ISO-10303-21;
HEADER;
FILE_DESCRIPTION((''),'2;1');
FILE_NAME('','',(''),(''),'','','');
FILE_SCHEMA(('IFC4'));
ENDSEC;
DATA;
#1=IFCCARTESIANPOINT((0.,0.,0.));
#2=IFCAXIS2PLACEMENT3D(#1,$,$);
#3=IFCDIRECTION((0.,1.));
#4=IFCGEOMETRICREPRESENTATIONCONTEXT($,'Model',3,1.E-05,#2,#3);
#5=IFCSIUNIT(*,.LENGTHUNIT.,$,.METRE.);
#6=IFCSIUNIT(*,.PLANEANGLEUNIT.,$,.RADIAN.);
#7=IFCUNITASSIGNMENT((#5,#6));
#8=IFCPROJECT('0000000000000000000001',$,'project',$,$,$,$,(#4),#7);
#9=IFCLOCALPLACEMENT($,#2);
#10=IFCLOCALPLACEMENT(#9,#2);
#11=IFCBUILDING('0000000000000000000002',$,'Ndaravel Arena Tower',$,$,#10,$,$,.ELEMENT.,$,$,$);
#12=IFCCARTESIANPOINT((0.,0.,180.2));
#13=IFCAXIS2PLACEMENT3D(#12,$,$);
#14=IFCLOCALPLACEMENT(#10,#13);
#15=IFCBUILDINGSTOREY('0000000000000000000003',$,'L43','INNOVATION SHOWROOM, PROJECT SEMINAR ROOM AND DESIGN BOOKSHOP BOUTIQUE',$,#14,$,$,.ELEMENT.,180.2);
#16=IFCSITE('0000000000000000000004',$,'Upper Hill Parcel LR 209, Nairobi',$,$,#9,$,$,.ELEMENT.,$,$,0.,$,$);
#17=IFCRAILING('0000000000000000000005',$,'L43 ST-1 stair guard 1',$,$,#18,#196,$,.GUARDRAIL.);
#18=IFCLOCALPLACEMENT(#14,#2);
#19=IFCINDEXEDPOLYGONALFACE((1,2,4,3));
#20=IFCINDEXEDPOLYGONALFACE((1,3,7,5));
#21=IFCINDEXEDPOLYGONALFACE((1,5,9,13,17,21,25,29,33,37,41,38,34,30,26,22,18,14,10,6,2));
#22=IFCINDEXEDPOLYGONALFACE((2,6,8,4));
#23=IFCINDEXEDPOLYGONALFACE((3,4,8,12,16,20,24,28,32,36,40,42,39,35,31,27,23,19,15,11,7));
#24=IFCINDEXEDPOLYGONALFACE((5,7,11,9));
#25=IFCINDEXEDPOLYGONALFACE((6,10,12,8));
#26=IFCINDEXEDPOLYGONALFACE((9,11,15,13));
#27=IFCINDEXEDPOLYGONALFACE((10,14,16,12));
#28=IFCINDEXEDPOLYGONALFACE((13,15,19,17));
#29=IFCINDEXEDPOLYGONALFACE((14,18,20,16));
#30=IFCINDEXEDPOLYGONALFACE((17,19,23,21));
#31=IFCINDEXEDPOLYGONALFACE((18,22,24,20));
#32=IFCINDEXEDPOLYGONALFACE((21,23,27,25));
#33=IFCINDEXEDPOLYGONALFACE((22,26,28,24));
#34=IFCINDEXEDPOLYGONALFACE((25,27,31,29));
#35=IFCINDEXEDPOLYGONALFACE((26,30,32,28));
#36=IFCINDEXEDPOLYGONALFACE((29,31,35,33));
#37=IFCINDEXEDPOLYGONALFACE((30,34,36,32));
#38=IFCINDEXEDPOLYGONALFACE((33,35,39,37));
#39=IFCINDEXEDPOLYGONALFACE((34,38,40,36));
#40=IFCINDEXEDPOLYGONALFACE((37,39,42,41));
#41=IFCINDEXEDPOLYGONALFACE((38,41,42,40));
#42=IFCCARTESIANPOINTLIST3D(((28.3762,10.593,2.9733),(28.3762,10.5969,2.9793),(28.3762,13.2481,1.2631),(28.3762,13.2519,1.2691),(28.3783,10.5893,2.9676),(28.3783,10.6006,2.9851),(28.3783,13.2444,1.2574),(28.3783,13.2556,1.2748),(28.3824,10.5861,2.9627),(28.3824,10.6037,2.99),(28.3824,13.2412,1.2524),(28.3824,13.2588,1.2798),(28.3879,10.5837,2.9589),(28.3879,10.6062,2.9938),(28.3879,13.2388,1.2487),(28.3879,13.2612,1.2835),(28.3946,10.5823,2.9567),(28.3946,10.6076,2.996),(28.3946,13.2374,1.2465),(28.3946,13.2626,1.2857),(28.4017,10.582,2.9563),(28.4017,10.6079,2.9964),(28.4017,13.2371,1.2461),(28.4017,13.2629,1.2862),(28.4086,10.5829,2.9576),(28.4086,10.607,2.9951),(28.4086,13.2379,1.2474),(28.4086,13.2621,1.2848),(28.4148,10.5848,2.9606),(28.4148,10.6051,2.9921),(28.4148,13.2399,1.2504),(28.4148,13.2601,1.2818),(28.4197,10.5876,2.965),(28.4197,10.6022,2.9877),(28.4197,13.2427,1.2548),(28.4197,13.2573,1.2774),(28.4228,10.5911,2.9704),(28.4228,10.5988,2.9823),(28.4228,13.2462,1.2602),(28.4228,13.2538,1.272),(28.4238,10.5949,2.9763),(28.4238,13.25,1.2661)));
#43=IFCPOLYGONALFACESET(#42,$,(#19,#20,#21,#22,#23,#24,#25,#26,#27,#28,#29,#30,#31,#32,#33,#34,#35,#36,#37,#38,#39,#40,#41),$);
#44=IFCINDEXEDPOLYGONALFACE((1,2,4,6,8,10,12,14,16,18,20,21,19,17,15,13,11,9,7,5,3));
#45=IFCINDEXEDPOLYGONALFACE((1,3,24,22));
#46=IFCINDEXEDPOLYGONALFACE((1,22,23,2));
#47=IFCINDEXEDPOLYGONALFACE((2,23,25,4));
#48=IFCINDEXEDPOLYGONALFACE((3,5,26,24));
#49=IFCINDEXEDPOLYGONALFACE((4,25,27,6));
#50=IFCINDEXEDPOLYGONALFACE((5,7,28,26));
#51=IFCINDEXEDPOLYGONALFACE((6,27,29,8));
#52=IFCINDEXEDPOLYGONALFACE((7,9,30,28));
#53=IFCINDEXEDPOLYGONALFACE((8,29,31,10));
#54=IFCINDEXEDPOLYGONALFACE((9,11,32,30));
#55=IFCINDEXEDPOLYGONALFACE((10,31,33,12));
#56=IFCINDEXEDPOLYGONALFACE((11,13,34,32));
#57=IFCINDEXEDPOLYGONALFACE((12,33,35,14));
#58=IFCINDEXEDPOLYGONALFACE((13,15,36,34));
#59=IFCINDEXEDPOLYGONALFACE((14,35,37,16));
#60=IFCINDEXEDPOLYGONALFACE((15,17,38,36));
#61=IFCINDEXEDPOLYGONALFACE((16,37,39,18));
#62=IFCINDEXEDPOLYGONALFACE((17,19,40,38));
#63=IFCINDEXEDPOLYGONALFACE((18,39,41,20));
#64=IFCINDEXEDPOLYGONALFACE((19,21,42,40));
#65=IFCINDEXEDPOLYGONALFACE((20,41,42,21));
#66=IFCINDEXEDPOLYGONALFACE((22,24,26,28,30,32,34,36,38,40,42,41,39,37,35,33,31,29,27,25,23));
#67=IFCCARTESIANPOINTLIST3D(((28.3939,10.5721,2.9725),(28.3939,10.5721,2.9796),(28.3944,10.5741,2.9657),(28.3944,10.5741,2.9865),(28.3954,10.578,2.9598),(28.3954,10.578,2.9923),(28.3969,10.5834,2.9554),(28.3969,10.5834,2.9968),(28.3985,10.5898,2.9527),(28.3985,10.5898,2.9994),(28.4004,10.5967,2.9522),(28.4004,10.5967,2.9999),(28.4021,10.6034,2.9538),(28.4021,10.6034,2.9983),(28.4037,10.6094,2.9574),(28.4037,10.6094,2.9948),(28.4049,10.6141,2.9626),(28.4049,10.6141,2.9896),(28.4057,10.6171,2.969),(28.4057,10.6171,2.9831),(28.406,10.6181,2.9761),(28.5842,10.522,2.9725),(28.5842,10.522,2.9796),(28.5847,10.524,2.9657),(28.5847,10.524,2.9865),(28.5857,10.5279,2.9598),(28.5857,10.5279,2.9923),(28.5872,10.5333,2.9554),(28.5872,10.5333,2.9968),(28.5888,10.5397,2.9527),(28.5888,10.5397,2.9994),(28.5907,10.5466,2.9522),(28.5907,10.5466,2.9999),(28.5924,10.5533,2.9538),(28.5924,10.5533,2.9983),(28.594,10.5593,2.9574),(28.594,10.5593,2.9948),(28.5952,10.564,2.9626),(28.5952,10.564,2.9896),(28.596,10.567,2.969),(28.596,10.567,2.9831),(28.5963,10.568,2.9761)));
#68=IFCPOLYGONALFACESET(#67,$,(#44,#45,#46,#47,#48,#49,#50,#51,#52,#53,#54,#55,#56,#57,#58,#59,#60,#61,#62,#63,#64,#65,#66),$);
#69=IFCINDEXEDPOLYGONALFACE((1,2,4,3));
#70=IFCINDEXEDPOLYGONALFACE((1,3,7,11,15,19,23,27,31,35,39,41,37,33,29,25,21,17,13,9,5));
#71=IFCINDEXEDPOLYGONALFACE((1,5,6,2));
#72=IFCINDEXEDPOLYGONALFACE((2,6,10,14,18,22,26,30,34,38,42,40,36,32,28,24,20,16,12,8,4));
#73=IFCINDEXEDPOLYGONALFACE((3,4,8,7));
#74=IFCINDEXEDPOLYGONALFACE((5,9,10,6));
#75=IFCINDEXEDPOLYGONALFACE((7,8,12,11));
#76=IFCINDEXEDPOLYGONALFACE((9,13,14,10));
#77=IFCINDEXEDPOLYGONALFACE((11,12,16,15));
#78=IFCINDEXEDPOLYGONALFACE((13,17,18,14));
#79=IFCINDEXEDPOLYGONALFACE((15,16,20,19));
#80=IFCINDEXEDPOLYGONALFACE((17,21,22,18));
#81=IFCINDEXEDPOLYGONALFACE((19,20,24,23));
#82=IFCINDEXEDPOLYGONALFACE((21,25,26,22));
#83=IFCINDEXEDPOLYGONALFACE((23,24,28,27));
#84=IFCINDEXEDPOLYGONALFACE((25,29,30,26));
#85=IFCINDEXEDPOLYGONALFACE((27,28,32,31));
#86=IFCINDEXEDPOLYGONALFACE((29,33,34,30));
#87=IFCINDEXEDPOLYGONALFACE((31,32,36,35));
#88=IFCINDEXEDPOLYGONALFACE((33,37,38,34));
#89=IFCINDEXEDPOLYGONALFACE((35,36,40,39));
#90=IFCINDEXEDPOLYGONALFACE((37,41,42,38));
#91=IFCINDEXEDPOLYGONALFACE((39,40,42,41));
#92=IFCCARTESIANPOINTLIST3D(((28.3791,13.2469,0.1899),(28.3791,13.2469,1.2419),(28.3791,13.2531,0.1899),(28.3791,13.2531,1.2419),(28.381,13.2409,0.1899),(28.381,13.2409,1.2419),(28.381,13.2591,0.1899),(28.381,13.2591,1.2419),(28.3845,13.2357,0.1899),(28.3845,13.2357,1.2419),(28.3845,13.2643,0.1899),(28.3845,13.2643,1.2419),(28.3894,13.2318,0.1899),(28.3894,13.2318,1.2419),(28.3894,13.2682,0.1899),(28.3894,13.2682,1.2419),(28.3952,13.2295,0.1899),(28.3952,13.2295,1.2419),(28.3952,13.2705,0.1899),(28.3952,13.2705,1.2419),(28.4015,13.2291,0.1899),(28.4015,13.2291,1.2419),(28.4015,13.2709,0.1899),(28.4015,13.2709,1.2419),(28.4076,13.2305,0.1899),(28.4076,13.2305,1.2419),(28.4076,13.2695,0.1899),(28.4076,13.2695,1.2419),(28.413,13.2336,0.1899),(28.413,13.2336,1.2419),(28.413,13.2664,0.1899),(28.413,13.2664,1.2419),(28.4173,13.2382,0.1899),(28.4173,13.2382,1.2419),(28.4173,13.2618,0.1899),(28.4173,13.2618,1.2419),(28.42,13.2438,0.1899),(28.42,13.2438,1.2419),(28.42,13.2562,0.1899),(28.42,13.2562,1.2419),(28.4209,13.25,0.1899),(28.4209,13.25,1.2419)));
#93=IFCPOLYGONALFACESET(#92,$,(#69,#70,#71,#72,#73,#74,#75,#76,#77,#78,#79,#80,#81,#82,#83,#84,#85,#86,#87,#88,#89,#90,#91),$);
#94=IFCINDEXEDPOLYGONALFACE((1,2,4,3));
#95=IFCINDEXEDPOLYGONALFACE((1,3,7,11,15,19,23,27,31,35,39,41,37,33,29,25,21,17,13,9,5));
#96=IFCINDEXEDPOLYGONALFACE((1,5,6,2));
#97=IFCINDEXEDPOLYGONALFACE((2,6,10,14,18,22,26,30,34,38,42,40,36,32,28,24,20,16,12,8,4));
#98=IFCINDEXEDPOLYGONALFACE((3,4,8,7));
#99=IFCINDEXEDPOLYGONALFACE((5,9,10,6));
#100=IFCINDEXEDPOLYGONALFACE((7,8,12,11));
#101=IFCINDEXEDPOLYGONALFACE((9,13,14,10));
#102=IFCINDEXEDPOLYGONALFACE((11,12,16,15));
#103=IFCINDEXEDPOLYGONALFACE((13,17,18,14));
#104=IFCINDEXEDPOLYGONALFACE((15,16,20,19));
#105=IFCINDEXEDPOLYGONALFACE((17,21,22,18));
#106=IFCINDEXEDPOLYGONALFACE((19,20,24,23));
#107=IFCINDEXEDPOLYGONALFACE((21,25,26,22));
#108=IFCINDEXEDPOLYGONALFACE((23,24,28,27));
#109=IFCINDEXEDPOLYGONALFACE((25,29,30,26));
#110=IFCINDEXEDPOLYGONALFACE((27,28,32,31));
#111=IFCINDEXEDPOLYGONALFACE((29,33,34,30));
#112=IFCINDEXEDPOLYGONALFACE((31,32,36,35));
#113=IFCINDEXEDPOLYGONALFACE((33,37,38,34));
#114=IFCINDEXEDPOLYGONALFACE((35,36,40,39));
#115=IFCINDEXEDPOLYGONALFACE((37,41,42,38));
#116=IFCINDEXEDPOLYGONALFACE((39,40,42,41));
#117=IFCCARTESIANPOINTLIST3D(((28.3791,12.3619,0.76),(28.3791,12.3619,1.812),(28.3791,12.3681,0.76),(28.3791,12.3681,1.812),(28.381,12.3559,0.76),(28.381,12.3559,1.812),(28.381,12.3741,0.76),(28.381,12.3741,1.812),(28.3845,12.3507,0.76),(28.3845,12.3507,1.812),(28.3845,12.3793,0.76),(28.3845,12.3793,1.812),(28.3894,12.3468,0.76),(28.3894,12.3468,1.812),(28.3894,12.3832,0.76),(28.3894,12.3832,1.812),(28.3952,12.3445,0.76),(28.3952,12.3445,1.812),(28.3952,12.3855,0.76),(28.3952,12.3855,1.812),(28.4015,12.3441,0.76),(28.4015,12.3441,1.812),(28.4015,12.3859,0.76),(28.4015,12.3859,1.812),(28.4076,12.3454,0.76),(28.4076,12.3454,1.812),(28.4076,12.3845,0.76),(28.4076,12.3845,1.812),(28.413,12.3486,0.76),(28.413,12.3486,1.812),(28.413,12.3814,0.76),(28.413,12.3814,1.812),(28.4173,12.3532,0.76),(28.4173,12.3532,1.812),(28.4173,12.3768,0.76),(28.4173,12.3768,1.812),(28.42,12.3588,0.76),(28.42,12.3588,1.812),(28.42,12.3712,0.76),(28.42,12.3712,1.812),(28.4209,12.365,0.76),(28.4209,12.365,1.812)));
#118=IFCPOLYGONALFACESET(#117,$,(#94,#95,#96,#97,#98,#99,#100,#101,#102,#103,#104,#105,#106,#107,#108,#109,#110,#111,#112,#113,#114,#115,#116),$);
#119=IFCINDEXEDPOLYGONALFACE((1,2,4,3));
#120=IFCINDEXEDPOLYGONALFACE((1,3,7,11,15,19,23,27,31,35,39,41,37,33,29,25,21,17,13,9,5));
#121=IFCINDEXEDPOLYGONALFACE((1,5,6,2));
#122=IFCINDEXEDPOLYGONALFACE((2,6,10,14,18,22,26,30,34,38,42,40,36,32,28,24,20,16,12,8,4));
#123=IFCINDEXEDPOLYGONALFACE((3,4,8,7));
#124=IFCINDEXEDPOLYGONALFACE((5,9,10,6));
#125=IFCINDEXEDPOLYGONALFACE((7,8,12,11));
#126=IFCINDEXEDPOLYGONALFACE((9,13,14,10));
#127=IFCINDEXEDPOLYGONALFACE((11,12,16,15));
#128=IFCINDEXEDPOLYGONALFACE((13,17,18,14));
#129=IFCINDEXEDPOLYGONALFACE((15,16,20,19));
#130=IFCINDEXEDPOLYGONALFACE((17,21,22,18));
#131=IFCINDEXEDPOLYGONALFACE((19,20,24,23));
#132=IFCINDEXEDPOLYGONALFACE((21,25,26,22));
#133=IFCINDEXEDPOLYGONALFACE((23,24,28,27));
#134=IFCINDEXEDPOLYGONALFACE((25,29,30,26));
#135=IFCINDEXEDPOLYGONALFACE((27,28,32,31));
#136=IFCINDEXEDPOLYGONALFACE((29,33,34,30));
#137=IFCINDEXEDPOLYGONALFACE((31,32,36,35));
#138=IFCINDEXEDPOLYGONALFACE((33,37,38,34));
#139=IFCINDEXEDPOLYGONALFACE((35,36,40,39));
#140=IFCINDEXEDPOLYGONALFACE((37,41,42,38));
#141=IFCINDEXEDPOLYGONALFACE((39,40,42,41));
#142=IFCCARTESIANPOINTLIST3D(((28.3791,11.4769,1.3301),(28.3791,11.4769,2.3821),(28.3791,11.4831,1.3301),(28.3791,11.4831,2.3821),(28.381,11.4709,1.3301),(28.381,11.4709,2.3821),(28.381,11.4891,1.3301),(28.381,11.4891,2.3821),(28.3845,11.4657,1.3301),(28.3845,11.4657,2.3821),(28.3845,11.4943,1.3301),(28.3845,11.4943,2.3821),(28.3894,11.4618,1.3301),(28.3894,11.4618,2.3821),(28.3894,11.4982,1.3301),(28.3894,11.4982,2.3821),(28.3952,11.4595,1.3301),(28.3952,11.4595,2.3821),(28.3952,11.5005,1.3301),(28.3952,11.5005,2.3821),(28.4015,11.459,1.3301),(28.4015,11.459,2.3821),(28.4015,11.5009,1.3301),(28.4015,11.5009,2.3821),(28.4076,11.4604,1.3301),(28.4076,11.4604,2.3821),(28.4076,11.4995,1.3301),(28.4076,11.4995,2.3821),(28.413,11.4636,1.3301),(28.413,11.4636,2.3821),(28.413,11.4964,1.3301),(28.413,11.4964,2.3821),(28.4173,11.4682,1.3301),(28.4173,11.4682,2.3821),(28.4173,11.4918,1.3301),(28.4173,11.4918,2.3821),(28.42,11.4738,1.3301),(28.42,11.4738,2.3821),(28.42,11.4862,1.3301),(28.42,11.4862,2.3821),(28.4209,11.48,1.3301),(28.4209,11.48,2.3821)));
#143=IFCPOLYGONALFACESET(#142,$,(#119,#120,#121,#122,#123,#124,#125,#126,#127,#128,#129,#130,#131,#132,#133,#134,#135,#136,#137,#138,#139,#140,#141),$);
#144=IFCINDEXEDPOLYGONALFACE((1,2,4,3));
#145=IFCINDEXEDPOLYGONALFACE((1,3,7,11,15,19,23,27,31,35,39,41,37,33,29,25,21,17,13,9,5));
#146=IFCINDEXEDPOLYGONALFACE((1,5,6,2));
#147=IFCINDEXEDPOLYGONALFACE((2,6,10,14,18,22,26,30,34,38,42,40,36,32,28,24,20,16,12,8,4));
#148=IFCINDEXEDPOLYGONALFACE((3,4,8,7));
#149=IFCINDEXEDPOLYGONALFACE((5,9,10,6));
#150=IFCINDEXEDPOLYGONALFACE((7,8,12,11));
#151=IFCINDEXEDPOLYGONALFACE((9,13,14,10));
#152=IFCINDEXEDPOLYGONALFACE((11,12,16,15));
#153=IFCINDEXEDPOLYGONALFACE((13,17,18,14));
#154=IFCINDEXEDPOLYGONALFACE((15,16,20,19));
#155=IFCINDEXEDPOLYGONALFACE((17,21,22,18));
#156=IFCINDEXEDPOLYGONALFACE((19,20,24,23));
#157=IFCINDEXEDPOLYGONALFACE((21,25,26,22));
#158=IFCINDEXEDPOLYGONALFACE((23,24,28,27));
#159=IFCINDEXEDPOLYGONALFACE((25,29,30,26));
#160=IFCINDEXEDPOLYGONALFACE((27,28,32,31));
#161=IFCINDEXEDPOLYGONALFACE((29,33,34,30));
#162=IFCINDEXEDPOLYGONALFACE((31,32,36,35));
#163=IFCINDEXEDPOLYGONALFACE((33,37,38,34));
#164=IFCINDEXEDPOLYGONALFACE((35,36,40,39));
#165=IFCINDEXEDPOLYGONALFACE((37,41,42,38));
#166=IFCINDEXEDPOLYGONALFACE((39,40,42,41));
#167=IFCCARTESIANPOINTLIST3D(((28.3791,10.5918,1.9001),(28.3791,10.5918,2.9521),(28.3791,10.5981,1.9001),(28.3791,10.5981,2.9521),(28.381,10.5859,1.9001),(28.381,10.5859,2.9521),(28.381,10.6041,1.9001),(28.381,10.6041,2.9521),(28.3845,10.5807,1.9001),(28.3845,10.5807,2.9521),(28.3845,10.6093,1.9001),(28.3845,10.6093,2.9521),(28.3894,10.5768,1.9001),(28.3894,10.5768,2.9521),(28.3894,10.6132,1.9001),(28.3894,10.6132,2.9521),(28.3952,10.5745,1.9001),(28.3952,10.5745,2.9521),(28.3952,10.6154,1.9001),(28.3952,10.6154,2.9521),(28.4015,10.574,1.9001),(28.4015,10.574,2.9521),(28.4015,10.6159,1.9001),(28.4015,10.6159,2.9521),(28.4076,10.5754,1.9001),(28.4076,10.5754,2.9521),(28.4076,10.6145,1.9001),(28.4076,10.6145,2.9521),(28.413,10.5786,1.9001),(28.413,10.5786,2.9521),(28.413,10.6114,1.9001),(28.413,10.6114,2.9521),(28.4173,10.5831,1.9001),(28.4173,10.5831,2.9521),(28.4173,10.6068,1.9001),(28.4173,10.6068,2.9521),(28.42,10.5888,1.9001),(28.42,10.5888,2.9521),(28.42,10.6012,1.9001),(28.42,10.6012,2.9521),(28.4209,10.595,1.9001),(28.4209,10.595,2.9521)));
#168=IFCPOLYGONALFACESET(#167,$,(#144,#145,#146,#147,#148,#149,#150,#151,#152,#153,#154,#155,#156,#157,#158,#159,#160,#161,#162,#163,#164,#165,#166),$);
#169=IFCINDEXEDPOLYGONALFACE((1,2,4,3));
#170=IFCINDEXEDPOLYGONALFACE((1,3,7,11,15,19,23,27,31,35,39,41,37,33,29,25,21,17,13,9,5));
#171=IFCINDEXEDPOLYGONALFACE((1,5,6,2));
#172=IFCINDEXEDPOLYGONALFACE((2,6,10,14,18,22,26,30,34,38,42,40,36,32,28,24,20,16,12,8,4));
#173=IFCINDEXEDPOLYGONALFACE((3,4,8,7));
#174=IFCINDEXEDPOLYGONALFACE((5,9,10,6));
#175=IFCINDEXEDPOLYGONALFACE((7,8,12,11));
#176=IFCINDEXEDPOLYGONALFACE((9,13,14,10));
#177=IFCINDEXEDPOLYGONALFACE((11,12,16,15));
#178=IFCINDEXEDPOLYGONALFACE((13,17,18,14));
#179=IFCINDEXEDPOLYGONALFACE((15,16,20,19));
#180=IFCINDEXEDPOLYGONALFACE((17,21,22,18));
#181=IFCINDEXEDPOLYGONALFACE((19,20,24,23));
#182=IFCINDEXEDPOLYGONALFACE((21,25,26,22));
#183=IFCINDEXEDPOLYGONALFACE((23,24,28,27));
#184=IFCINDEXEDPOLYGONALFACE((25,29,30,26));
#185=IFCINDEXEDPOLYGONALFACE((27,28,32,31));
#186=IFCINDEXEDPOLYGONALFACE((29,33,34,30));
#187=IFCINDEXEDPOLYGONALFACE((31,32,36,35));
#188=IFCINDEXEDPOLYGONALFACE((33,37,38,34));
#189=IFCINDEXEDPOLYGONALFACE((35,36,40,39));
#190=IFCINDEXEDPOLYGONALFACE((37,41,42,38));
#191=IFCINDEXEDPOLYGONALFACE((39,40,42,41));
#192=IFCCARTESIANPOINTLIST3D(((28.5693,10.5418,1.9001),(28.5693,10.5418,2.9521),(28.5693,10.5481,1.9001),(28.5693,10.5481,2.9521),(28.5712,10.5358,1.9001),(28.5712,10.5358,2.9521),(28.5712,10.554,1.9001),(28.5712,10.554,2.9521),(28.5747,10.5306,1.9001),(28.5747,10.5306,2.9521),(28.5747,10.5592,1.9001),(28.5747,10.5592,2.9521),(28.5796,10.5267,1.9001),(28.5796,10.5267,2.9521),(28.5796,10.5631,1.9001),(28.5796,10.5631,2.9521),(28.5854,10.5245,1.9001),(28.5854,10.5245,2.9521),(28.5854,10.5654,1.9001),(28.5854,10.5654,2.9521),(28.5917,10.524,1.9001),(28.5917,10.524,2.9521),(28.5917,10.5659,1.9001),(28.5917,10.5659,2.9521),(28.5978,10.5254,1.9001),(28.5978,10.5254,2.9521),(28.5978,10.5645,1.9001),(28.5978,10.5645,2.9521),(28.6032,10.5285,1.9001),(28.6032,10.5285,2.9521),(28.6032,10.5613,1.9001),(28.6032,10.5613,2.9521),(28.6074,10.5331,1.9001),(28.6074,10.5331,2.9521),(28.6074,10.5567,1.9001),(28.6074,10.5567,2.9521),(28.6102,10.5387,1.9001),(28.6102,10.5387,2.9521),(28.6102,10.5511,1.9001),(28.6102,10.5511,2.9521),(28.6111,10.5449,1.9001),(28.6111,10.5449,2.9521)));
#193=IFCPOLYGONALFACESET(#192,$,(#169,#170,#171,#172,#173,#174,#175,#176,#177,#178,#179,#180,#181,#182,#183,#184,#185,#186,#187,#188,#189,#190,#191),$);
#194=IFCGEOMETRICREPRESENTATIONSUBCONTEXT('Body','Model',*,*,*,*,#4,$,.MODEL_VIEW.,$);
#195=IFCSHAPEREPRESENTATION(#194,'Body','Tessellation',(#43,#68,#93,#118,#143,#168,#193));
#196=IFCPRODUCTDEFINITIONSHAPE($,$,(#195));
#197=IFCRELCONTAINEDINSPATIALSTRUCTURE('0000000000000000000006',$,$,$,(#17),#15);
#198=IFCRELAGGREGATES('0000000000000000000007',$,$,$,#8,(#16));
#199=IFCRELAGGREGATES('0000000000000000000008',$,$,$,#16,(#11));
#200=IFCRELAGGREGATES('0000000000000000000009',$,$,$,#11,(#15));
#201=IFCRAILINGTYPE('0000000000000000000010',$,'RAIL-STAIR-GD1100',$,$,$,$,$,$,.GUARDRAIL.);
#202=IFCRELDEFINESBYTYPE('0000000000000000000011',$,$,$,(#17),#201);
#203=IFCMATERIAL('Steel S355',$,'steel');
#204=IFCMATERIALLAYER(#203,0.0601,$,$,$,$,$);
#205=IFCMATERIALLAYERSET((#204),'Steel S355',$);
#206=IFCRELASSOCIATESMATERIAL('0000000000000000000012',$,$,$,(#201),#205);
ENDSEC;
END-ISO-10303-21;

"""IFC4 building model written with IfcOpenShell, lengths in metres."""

from ifc_helpers import new_model, si_unit, direction, frame, origin, origin_2d, place, context, subcontext, project, spatial, circle, extrude, material, layer, layer_set, type_object, element, save


model = new_model("IFC4")

# Units and contexts
model_context = context("Model", 3, precision=1e-05, world=origin(), true_north=direction((0.0, 1.0)))
body_context = subcontext(model_context, "Body", "Model", "MODEL_VIEW")
ifc_project = project(units=[si_unit("LENGTHUNIT", "METRE"), si_unit("PLANEANGLEUNIT", "RADIAN")], contexts=[model_context])

# Site, building, storey
site_placement = place(None, origin())
site = spatial("IfcSite", under=ifc_project, at=site_placement, Name="Upper Hill Parcel LR 209, Nairobi", CompositionType="ELEMENT", RefElevation=0.0)
building_placement = place(site_placement, origin())
building = spatial("IfcBuilding", under=site, at=building_placement, Name="Ndaravel Arena Tower", CompositionType="ELEMENT")
storey_placement = place(building_placement, frame((0.0, 0.0, 180.2)))
storey = spatial("IfcBuildingStorey", under=building, at=storey_placement, Name="L43", Description="INNOVATION SHOWROOM, PROJECT SEMINAR ROOM AND DESIGN BOOKSHOP BOUTIQUE", CompositionType="ELEMENT", Elevation=180.2)

# Railing
ifc_material_1 = material(Name="Steel S355", Category="steel")
ifc_layer_1 = layer(ifc_material_1, 0.0601)
ifc_layer_set_1 = layer_set([ifc_layer_1], Name="Steel S355")
railing_type_1 = type_object("IfcRailingType", Name="RAIL-STAIR-GD1100", PredefinedType="GUARDRAIL", material=ifc_layer_set_1)
railing_1_placement = place(storey_placement, frame((28.3999, 13.25, 0.1899)))
element("IfcRailing", 1, at=railing_1_placement, inside=storey, type_object=railing_type_1, Name="L43 ST-1 stair guard 1", PredefinedType="GUARDRAIL", context=body_context, shape_type="SweptSolid", body=[
    extrude(circle(Radius=0.0239, at=origin_2d()), frame((0.0, 0.0, 1.0762), z_axis=(0.0, -0.840688, 0.541519), x_axis=(1.0, 0.0, 0.0)), (0.0, 0.0, 1.0), 3.1582),
    extrude(circle(Radius=0.0239, at=origin_2d()), frame((0.0, -2.655, 2.7861), z_axis=(0.967075, -0.254493, 0.0), x_axis=(0.254493, 0.967075, 0.0)), (0.0, 0.0, 1.0), 0.1968),
    extrude(circle(Radius=0.021, at=origin_2d()), origin(), (0.0, 0.0, 1.0), 1.052),
    extrude(circle(Radius=0.021, at=origin_2d()), frame((0.0, -0.885, 0.5701)), (0.0, 0.0, 1.0), 1.052),
    extrude(circle(Radius=0.021, at=origin_2d()), frame((0.0, -1.77, 1.1401)), (0.0, 0.0, 1.0), 1.052),
    extrude(circle(Radius=0.021, at=origin_2d()), frame((0.0, -2.655, 1.7102)), (0.0, 0.0, 1.0), 1.052),
    extrude(circle(Radius=0.021, at=origin_2d()), frame((0.1902, -2.7051, 1.7102)), (0.0, 0.0, 1.0), 1.052),
])

save(model, "model.ifc")
